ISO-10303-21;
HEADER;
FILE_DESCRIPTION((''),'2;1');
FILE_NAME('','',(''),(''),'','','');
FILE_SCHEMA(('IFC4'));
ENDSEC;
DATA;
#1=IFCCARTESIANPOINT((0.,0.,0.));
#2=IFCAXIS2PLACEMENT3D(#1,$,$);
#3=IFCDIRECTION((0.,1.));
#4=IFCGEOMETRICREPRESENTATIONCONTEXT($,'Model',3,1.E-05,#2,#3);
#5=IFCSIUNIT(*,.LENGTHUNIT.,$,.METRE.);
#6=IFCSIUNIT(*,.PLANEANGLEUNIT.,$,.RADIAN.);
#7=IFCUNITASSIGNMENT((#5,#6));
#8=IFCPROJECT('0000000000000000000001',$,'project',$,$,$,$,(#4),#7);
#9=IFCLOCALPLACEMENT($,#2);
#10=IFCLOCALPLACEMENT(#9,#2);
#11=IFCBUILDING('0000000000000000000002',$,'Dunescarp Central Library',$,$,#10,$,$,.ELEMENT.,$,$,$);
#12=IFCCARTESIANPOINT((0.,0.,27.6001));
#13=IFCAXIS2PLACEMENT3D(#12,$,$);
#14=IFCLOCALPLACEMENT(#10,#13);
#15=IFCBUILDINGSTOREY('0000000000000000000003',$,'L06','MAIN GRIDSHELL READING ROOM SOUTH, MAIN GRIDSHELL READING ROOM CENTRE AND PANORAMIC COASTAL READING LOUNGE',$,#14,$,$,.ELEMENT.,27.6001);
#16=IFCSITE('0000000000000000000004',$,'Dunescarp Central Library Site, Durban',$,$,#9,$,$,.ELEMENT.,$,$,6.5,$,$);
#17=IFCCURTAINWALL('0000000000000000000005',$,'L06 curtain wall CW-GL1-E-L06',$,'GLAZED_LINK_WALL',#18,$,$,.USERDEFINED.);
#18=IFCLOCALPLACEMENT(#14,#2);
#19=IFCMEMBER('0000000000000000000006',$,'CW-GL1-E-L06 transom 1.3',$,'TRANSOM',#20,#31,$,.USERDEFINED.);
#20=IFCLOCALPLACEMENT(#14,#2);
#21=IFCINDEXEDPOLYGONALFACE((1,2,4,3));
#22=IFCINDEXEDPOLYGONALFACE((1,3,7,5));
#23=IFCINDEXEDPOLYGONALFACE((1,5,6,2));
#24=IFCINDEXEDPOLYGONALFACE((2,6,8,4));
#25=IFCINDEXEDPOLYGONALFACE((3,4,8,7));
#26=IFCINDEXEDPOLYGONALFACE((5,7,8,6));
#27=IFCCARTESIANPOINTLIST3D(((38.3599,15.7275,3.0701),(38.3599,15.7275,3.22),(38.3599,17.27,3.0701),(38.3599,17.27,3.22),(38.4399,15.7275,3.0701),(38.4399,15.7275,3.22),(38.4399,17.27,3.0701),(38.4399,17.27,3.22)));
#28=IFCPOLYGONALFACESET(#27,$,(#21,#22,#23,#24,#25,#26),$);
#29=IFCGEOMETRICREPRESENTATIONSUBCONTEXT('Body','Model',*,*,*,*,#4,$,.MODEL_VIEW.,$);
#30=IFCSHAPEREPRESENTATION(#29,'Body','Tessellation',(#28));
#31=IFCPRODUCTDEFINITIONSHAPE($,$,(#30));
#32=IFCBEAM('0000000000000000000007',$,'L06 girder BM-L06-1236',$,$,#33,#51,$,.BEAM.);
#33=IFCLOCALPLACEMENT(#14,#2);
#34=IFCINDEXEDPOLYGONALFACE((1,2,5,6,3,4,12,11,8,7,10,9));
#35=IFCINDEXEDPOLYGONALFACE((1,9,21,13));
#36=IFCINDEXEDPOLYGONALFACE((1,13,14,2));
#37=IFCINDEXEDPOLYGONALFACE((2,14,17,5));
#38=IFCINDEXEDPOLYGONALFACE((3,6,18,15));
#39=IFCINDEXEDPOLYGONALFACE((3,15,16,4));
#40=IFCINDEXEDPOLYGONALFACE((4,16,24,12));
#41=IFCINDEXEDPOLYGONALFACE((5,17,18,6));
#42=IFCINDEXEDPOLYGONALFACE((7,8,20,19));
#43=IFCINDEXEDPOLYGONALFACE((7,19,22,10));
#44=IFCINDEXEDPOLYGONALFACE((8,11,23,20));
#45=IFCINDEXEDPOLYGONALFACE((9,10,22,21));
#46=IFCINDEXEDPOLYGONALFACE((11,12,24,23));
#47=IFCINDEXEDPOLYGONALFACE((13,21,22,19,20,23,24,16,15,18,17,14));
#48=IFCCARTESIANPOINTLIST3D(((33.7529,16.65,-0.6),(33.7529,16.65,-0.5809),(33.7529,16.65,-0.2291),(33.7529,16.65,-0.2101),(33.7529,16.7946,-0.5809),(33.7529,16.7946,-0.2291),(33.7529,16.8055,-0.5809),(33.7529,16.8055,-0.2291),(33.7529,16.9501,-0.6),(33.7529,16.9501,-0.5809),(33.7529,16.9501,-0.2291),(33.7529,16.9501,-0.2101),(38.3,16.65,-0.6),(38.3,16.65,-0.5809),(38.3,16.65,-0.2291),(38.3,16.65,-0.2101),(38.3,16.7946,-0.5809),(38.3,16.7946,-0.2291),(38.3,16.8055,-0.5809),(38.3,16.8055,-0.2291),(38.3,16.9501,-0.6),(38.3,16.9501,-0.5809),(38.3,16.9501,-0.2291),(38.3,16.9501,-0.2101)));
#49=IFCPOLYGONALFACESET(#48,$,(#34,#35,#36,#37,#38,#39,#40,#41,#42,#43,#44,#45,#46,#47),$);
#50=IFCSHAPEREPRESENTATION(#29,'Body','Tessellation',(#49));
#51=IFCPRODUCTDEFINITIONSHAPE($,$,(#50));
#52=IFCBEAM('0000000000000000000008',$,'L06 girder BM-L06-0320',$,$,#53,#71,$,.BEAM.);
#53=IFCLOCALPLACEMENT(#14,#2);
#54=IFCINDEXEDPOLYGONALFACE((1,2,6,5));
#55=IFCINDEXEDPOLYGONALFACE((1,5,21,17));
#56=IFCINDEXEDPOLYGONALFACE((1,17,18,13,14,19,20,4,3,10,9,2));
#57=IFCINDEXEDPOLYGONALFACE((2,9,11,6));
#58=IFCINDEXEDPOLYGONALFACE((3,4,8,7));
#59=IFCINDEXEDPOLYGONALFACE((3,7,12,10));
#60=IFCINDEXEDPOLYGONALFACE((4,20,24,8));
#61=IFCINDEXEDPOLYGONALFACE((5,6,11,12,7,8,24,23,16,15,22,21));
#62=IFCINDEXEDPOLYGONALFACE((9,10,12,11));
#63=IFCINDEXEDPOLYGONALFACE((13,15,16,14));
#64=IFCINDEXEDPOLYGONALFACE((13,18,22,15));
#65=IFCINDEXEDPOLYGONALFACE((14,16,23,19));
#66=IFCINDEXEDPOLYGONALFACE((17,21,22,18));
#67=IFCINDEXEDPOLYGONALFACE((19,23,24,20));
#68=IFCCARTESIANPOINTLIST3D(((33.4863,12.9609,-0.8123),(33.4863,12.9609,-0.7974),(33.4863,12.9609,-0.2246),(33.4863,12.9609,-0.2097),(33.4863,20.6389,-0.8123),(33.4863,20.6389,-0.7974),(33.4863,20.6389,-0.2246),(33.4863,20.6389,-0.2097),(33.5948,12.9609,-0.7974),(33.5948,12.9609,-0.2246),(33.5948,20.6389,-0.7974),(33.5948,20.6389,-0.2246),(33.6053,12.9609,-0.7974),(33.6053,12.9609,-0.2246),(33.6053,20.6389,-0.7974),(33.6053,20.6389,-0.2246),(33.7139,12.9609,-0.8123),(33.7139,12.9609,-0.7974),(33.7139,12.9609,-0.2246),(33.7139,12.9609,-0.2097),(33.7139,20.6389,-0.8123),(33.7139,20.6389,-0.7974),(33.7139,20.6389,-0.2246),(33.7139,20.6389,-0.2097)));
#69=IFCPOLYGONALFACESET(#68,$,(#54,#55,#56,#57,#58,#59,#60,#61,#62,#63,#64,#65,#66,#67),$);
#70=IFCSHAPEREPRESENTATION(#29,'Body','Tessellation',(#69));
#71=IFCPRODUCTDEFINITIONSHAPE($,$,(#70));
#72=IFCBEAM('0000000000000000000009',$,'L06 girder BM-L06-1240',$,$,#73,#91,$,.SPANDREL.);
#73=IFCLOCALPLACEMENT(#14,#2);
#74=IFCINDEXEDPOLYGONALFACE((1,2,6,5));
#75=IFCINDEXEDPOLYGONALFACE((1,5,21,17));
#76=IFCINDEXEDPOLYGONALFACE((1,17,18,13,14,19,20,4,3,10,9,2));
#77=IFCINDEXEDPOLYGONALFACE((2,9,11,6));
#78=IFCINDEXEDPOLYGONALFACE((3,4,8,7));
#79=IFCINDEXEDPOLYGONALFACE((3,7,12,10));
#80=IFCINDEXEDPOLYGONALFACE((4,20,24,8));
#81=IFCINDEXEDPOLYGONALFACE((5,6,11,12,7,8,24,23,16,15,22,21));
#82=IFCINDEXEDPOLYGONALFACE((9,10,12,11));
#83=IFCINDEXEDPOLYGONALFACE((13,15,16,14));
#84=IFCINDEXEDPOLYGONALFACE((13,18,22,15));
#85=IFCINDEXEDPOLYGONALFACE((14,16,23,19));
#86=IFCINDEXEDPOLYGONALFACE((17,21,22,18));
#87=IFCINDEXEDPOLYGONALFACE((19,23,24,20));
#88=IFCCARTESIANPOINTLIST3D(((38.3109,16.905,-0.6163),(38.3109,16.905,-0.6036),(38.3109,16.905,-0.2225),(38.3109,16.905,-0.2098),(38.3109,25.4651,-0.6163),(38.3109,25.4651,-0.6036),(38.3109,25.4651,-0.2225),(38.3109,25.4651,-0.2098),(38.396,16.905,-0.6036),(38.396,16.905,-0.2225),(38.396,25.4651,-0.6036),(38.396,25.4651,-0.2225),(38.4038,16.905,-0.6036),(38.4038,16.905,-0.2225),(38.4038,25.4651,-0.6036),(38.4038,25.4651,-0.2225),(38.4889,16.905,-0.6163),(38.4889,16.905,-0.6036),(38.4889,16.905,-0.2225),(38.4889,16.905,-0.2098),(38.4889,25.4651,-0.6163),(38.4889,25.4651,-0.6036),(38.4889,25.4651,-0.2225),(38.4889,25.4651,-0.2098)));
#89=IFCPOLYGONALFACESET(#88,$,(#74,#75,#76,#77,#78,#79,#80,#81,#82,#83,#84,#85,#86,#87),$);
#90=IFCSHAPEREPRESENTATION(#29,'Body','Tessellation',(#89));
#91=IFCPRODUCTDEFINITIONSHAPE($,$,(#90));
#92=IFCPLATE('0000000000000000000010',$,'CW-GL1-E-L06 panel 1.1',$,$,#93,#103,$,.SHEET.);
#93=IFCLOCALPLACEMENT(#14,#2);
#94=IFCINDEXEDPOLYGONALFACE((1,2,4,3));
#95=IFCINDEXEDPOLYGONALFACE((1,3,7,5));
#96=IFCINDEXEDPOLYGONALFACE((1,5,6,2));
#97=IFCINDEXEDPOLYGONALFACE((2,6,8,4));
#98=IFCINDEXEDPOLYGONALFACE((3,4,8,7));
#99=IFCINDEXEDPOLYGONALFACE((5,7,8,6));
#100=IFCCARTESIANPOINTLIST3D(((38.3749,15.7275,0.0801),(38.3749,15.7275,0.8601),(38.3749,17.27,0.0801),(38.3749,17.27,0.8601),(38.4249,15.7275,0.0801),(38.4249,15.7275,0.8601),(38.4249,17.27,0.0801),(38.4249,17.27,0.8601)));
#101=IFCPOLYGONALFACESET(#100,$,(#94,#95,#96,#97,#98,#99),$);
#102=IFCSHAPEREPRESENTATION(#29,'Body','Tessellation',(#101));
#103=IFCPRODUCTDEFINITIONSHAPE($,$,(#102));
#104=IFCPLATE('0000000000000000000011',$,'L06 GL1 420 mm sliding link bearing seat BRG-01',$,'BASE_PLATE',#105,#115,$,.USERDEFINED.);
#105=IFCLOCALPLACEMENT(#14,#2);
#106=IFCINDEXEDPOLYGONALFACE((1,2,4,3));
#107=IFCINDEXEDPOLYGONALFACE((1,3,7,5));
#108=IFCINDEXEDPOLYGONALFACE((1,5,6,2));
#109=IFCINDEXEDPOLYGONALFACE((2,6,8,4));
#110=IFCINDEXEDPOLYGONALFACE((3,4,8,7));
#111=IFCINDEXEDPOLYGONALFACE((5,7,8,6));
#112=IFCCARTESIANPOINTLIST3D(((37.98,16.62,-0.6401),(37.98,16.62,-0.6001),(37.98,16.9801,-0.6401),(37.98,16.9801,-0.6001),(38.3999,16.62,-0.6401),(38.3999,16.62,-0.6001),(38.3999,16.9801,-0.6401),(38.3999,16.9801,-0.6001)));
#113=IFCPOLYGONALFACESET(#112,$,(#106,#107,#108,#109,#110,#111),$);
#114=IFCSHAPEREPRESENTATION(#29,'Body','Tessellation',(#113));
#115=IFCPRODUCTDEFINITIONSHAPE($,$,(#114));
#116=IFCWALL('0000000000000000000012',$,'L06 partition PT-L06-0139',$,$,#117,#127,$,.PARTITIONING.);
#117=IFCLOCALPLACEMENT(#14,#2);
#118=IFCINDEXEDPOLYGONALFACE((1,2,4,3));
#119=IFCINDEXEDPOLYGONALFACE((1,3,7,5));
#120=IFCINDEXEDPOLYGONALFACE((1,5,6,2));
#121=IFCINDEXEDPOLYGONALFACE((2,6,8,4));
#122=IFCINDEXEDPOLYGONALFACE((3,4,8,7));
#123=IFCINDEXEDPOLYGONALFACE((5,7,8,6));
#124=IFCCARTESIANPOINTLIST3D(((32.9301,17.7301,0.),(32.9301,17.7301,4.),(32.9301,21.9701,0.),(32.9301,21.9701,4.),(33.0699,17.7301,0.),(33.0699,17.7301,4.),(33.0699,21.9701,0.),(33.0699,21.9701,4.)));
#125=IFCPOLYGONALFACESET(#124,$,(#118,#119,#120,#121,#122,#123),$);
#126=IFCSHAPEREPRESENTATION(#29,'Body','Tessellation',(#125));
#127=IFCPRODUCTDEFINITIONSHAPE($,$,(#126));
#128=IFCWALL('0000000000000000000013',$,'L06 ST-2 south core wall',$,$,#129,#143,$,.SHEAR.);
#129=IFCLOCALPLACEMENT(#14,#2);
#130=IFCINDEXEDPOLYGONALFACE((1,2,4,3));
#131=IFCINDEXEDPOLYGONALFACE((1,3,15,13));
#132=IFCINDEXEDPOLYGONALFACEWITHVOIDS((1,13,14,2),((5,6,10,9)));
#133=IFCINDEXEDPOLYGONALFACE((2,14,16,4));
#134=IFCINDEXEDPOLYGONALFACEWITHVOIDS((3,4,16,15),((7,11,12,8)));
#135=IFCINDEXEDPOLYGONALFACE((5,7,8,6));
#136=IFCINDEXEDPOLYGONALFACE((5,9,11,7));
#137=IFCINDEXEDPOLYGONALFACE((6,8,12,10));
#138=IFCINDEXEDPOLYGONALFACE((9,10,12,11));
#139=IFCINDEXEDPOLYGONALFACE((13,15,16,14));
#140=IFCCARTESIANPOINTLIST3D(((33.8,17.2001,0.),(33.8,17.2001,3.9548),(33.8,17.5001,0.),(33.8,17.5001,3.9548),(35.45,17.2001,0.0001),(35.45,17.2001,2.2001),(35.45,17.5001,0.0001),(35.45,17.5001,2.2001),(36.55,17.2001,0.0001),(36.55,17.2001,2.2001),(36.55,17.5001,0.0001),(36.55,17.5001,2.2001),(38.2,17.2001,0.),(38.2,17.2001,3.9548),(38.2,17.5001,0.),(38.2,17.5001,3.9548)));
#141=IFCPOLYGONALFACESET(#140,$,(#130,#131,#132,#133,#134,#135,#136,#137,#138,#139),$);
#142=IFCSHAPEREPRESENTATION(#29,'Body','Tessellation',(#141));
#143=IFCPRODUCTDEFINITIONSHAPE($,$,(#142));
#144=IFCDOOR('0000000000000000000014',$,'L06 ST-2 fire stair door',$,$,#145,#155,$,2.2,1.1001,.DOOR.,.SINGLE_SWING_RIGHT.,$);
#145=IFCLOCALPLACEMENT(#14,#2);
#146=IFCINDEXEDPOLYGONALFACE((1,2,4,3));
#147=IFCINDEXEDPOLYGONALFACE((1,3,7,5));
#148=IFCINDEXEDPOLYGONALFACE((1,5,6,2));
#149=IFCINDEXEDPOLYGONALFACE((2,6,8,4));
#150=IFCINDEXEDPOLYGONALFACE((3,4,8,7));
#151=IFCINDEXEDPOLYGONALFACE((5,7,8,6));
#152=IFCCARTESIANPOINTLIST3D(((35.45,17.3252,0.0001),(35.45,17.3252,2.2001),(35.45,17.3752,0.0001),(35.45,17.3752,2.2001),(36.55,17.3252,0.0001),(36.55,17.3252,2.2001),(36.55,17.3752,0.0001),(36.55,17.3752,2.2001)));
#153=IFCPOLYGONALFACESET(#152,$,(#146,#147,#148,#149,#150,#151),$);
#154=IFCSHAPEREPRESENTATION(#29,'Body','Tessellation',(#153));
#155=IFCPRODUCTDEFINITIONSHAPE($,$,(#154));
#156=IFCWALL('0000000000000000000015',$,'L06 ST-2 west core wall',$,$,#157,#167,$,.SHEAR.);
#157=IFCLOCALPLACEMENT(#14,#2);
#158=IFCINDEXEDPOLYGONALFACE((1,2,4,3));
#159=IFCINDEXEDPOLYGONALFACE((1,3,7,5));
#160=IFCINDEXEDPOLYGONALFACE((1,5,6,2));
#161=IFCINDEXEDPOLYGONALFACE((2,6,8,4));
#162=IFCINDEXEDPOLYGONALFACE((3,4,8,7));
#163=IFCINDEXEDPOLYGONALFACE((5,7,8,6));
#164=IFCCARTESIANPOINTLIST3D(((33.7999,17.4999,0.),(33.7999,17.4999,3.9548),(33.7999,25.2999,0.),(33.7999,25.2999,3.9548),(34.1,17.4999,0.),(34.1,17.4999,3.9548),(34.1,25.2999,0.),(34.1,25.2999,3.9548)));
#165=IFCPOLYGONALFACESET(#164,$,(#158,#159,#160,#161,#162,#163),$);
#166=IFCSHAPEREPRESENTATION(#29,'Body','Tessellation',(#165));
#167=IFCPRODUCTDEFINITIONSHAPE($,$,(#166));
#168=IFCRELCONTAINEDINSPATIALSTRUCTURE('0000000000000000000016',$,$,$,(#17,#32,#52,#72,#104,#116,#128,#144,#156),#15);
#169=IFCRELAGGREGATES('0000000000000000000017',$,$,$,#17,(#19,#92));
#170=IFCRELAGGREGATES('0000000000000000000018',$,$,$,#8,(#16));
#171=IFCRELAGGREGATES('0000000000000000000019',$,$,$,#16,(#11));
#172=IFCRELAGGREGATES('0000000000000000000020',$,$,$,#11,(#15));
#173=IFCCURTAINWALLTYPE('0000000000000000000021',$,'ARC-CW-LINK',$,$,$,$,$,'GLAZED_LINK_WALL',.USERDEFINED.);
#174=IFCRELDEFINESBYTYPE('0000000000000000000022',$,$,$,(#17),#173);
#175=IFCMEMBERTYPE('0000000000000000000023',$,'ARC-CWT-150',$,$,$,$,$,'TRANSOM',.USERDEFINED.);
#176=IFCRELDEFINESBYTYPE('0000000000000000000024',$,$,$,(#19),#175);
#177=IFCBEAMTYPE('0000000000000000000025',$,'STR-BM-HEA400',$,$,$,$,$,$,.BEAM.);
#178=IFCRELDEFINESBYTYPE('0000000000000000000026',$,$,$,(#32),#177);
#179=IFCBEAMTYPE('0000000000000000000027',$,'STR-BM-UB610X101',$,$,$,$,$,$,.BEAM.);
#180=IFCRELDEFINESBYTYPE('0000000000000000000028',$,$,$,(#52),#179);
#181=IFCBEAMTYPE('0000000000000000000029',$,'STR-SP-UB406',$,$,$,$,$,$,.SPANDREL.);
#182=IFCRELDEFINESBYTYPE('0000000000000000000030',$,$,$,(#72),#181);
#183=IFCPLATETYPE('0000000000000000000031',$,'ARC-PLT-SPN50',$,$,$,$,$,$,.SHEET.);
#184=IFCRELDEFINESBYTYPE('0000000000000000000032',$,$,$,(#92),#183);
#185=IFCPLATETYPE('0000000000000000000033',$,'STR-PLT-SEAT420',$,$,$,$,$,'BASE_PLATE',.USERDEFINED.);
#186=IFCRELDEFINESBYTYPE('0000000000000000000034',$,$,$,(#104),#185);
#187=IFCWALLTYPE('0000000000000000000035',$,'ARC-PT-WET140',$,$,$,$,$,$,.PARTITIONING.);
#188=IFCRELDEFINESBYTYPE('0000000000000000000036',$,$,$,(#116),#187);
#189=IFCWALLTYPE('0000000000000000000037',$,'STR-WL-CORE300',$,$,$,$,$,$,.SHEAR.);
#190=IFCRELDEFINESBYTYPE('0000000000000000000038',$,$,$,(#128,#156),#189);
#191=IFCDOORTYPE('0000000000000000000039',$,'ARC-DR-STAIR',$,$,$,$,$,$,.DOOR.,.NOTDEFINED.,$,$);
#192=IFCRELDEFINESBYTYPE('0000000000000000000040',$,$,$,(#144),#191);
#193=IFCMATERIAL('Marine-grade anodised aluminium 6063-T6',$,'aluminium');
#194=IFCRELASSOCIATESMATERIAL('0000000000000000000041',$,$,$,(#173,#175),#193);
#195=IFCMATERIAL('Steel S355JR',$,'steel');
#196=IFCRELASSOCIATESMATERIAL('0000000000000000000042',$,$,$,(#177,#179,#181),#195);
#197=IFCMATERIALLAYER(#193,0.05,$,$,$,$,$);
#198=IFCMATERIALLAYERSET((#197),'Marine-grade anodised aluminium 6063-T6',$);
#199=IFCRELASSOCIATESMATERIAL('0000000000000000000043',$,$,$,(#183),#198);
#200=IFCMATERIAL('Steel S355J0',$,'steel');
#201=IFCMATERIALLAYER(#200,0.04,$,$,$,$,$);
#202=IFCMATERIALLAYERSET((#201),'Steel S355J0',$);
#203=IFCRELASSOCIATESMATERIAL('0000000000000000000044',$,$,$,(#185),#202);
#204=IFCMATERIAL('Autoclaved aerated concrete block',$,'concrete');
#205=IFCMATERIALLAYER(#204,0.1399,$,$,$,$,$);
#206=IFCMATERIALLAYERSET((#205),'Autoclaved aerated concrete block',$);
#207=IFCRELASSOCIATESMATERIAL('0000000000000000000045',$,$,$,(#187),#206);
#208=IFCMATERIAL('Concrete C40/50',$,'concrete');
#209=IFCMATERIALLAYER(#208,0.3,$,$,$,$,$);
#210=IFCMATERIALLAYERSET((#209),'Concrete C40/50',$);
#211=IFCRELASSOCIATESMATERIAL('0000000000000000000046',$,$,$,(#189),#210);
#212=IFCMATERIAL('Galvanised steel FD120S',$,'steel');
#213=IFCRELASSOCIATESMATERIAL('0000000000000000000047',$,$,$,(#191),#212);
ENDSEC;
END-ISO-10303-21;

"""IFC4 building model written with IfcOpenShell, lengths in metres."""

from ifc_helpers import new_model, si_unit, direction, frame, frame_2d, origin, origin_2d, place, context, subcontext, project, spatial, rectangle, i_section, extrude, material, layer, layer_set, material_profile, profile_set, type_object, element, fill, aggregate, save


model = new_model("IFC4")

# Units and contexts
model_context = context("Model", 3, precision=1e-05, world=origin(), true_north=direction((0.0, 1.0)))
body_context = subcontext(model_context, "Body", "Model", "MODEL_VIEW")
ifc_project = project(units=[si_unit("LENGTHUNIT", "METRE"), si_unit("PLANEANGLEUNIT", "RADIAN")], contexts=[model_context])

# Site, building, storey
site_placement = place(None, origin())
site = spatial("IfcSite", under=ifc_project, at=site_placement, Name="Dunescarp Central Library Site, Durban", CompositionType="ELEMENT", RefElevation=6.5)
building_placement = place(site_placement, origin())
building = spatial("IfcBuilding", under=site, at=building_placement, Name="Dunescarp Central Library", CompositionType="ELEMENT")
storey_placement = place(building_placement, frame((0.0, 0.0, 27.6001)))
storey = spatial("IfcBuildingStorey", under=building, at=storey_placement, Name="L06", Description="MAIN GRIDSHELL READING ROOM SOUTH, MAIN GRIDSHELL READING ROOM CENTRE AND PANORAMIC COASTAL READING LOUNGE", CompositionType="ELEMENT", Elevation=27.6001)

# Shared definitions
ifc_material_1 = material(Name="Steel S355JR", Category="steel")

# Curtain wall, member
ifc_material_2 = material(Name="Marine-grade anodised aluminium 6063-T6", Category="aluminium")
curtain_wall_type = type_object("IfcCurtainWallType", Name="ARC-CW-LINK", ElementType="GLAZED_LINK_WALL", PredefinedType="USERDEFINED", material=ifc_material_2)
curtain_wall_placement = place(storey_placement, origin())
curtain_wall = element("IfcCurtainWall", 1, at=curtain_wall_placement, inside=storey, type_object=curtain_wall_type, Name="L06 curtain wall CW-GL1-E-L06", ObjectType="GLAZED_LINK_WALL", PredefinedType="USERDEFINED")
ifc_material_profile_1 = material_profile(ifc_material_2, rectangle(XDim=0.0801, YDim=0.1499, at=origin_2d()), Name="AL 80x150")
ifc_profile_set_1 = profile_set([ifc_material_profile_1], Name="Marine-grade anodised aluminium 6063-T6")
member_type_1 = type_object("IfcMemberType", Name="ARC-CWT-150", ElementType="TRANSOM", PredefinedType="USERDEFINED", material=ifc_profile_set_1)
member_1_placement = place(storey_placement, frame((38.3999, 17.27, 3.145), z_axis=(0.0, -1.0, 0.0), x_axis=(1.0, 0.0, 0.0)))
member_1 = element("IfcMember", 2, at=member_1_placement, type_object=member_type_1, Name="CW-GL1-E-L06 transom 1.3", ObjectType="TRANSOM", PredefinedType="USERDEFINED", context=body_context, shape_type="SweptSolid", body=[
    extrude(rectangle(XDim=0.0801, YDim=0.1499, at=origin_2d()), origin(), (0.0, 0.0, 1.0), 1.5425),
])

# Beams
ifc_material_profile_2 = material_profile(ifc_material_1, i_section(OverallWidth=0.3, OverallDepth=0.3899, WebThickness=0.011, FlangeThickness=0.019, at=origin_2d()), Name="HEA 400")
ifc_profile_set_2 = profile_set([ifc_material_profile_2], Name="Steel S355JR")
beam_type_1 = type_object("IfcBeamType", Name="STR-BM-HEA400", PredefinedType="BEAM", material=ifc_profile_set_2)
beam_1_placement = place(storey_placement, frame((33.7529, 16.8, -0.405), z_axis=(1.0, 0.0, 0.0), x_axis=(0.0, 1.0, 0.0)))
element("IfcBeam", 3, at=beam_1_placement, inside=storey, type_object=beam_type_1, Name="L06 girder BM-L06-1236", PredefinedType="BEAM", context=body_context, shape_type="SweptSolid", body=[
    extrude(i_section(OverallWidth=0.3, OverallDepth=0.3899, WebThickness=0.011, FlangeThickness=0.019, at=origin_2d()), origin(), (0.0, 0.0, 1.0), 4.5471),
])
ifc_material_profile_3 = material_profile(ifc_material_1, i_section(OverallWidth=0.2275, OverallDepth=0.6025, WebThickness=0.0105, FlangeThickness=0.0149, at=origin_2d()), Name="UB 610x229x101")
ifc_profile_set_3 = profile_set([ifc_material_profile_3], Name="Steel S355JR")
beam_type_2 = type_object("IfcBeamType", Name="STR-BM-UB610X101", PredefinedType="BEAM", material=ifc_profile_set_3)
beam_2_placement = place(storey_placement, frame((33.6001, 12.9609, -0.511), z_axis=(0.0, 1.0, 0.0), x_axis=(-1.0, 0.0, 0.0)))
element("IfcBeam", 4, at=beam_2_placement, inside=storey, type_object=beam_type_2, Name="L06 girder BM-L06-0320", PredefinedType="BEAM", context=body_context, shape_type="SweptSolid", body=[
    extrude(i_section(OverallWidth=0.2275, OverallDepth=0.6025, WebThickness=0.0105, FlangeThickness=0.0149, at=origin_2d()), origin(), (0.0, 0.0, 1.0), 7.678),
])
ifc_material_profile_4 = material_profile(ifc_material_1, i_section(OverallWidth=0.178, OverallDepth=0.4065, WebThickness=0.0078, FlangeThickness=0.0127, at=origin_2d()), Name="UB 406x178x60")
ifc_profile_set_4 = profile_set([ifc_material_profile_4], Name="Steel S355JR")
beam_type_3 = type_object("IfcBeamType", Name="STR-SP-UB406", PredefinedType="SPANDREL", material=ifc_profile_set_4)
beam_3_placement = place(storey_placement, frame((38.3999, 16.905, -0.4131), z_axis=(0.0, 1.0, 0.0), x_axis=(-1.0, 0.0, 0.0)))
element("IfcBeam", 5, at=beam_3_placement, inside=storey, type_object=beam_type_3, Name="L06 girder BM-L06-1240", PredefinedType="SPANDREL", context=body_context, shape_type="SweptSolid", body=[
    extrude(i_section(OverallWidth=0.178, OverallDepth=0.4065, WebThickness=0.0078, FlangeThickness=0.0127, at=origin_2d()), origin(), (0.0, 0.0, 1.0), 8.5601),
])

# Plates
ifc_layer_1 = layer(ifc_material_2, 0.05)
ifc_layer_set_1 = layer_set([ifc_layer_1], Name="Marine-grade anodised aluminium 6063-T6")
plate_type_1 = type_object("IfcPlateType", Name="ARC-PLT-SPN50", PredefinedType="SHEET", material=ifc_layer_set_1)
plate_1_placement = place(storey_placement, frame((38.3999, 16.4988, 0.0801), z_axis=(0.0, 0.0, 1.0), x_axis=(0.0, -1.0, 0.0)))
plate_1 = element("IfcPlate", 6, at=plate_1_placement, type_object=plate_type_1, Name="CW-GL1-E-L06 panel 1.1", PredefinedType="SHEET", context=body_context, shape_type="SweptSolid", body=[
    extrude(rectangle(XDim=1.5425, YDim=0.05, at=origin_2d()), origin(), (0.0, 0.0, 1.0), 0.78),
])
aggregate(curtain_wall, [member_1, plate_1])
ifc_material_3 = material(Name="Steel S355J0", Category="steel")
ifc_layer_2 = layer(ifc_material_3, 0.04)
ifc_layer_set_2 = layer_set([ifc_layer_2], Name="Steel S355J0")
plate_type_2 = type_object("IfcPlateType", Name="STR-PLT-SEAT420", ElementType="BASE_PLATE", PredefinedType="USERDEFINED", material=ifc_layer_set_2)
plate_2_placement = place(storey_placement, frame((38.1899, 16.8, -0.6401), z_axis=(0.0, 0.0, 1.0), x_axis=(1.0, 0.0, 0.0)))
element("IfcPlate", 7, at=plate_2_placement, inside=storey, type_object=plate_type_2, Name="L06 GL1 420 mm sliding link bearing seat BRG-01", ObjectType="BASE_PLATE", PredefinedType="USERDEFINED", context=body_context, shape_type="SweptSolid", body=[
    extrude(rectangle(XDim=0.4199, YDim=0.3601, at=origin_2d()), origin(), (0.0, 0.0, 1.0), 0.04),
])

# Wall
ifc_material_4 = material(Name="Autoclaved aerated concrete block", Category="concrete")
ifc_layer_3 = layer(ifc_material_4, 0.1399)
ifc_layer_set_3 = layer_set([ifc_layer_3], Name="Autoclaved aerated concrete block")
wall_type_1 = type_object("IfcWallType", Name="ARC-PT-WET140", PredefinedType="PARTITIONING", material=ifc_layer_set_3)
wall_1_placement = place(storey_placement, frame((33.0, 17.73, 0.0), z_axis=(0.0, 0.0, 1.0), x_axis=(0.0, 1.0, 0.0)))
element("IfcWall", 8, at=wall_1_placement, inside=storey, type_object=wall_type_1, Name="L06 partition PT-L06-0139", PredefinedType="PARTITIONING", context=body_context, shape_type="SweptSolid", body=[
    extrude(rectangle(XDim=4.24, YDim=0.1399, at=frame_2d((2.1201, 0.0))), origin(), (0.0, 0.0, 1.0), 4.0),
])

# Wall, opening, door
ifc_material_5 = material(Name="Concrete C40/50", Category="concrete")
ifc_layer_4 = layer(ifc_material_5, 0.3)
ifc_layer_set_4 = layer_set([ifc_layer_4], Name="Concrete C40/50")
wall_type_2 = type_object("IfcWallType", Name="STR-WL-CORE300", PredefinedType="SHEAR", material=ifc_layer_set_4)
wall_2_placement = place(storey_placement, frame((38.2, 17.3501, 0.0), z_axis=(0.0, 0.0, 1.0), x_axis=(-1.0, 0.0, 0.0)))
wall_2 = element("IfcWall", 9, at=wall_2_placement, inside=storey, type_object=wall_type_2, Name="L06 ST-2 south core wall", PredefinedType="SHEAR", context=body_context, shape_type="SweptSolid", body=[
    extrude(rectangle(XDim=4.3999, YDim=0.3, at=frame_2d((2.2, 0.0))), origin(), (0.0, 0.0, 1.0), 3.9548),
])
opening_placement = place(wall_2_placement, frame((1.6499, 0.0, 0.0)))
opening = element("IfcOpeningElement", 10, at=opening_placement, cuts=wall_2, PredefinedType="OPENING", context=body_context, shape_type="SweptSolid", body=[
    extrude(rectangle(XDim=1.1001, YDim=2.2, at=frame_2d((0.55, 1.1001))), frame((0.0, 0.1602, 0.0), z_axis=(0.0, -1.0, 0.0), x_axis=(1.0, 0.0, 0.0)), (0.0, 0.0, 1.0), 0.3201),
])
ifc_material_6 = material(Name="Galvanised steel FD120S", Category="steel")
door_type = type_object("IfcDoorType", Name="ARC-DR-STAIR", OperationType="NOTDEFINED", PredefinedType="DOOR", material=ifc_material_6)
door_placement = place(opening_placement, origin())
door = element("IfcDoor", 11, at=door_placement, inside=storey, type_object=door_type, Name="L06 ST-2 fire stair door", OperationType="SINGLE_SWING_RIGHT", OverallHeight=2.2, OverallWidth=1.1001, PredefinedType="DOOR", context=body_context, shape_type="SweptSolid", body=[
    extrude(rectangle(XDim=1.1001, YDim=2.2, at=frame_2d((0.55, 1.1001))), frame((0.0, 0.0249, 0.0), z_axis=(0.0, -1.0, 0.0), x_axis=(1.0, 0.0, 0.0)), (0.0, 0.0, 1.0), 0.05),
])
fill(opening, door)

# Wall
wall_3_placement = place(storey_placement, frame((33.95, 17.5, 0.0), z_axis=(0.0, 0.0, 1.0), x_axis=(0.0, 1.0, 0.0)))
element("IfcWall", 12, at=wall_3_placement, inside=storey, type_object=wall_type_2, Name="L06 ST-2 west core wall", PredefinedType="SHEAR", context=body_context, shape_type="SweptSolid", body=[
    extrude(rectangle(XDim=7.8, YDim=0.3, at=frame_2d((3.8999, 0.0))), origin(), (0.0, 0.0, 1.0), 3.9548),
])

save(model, "model.ifc")
